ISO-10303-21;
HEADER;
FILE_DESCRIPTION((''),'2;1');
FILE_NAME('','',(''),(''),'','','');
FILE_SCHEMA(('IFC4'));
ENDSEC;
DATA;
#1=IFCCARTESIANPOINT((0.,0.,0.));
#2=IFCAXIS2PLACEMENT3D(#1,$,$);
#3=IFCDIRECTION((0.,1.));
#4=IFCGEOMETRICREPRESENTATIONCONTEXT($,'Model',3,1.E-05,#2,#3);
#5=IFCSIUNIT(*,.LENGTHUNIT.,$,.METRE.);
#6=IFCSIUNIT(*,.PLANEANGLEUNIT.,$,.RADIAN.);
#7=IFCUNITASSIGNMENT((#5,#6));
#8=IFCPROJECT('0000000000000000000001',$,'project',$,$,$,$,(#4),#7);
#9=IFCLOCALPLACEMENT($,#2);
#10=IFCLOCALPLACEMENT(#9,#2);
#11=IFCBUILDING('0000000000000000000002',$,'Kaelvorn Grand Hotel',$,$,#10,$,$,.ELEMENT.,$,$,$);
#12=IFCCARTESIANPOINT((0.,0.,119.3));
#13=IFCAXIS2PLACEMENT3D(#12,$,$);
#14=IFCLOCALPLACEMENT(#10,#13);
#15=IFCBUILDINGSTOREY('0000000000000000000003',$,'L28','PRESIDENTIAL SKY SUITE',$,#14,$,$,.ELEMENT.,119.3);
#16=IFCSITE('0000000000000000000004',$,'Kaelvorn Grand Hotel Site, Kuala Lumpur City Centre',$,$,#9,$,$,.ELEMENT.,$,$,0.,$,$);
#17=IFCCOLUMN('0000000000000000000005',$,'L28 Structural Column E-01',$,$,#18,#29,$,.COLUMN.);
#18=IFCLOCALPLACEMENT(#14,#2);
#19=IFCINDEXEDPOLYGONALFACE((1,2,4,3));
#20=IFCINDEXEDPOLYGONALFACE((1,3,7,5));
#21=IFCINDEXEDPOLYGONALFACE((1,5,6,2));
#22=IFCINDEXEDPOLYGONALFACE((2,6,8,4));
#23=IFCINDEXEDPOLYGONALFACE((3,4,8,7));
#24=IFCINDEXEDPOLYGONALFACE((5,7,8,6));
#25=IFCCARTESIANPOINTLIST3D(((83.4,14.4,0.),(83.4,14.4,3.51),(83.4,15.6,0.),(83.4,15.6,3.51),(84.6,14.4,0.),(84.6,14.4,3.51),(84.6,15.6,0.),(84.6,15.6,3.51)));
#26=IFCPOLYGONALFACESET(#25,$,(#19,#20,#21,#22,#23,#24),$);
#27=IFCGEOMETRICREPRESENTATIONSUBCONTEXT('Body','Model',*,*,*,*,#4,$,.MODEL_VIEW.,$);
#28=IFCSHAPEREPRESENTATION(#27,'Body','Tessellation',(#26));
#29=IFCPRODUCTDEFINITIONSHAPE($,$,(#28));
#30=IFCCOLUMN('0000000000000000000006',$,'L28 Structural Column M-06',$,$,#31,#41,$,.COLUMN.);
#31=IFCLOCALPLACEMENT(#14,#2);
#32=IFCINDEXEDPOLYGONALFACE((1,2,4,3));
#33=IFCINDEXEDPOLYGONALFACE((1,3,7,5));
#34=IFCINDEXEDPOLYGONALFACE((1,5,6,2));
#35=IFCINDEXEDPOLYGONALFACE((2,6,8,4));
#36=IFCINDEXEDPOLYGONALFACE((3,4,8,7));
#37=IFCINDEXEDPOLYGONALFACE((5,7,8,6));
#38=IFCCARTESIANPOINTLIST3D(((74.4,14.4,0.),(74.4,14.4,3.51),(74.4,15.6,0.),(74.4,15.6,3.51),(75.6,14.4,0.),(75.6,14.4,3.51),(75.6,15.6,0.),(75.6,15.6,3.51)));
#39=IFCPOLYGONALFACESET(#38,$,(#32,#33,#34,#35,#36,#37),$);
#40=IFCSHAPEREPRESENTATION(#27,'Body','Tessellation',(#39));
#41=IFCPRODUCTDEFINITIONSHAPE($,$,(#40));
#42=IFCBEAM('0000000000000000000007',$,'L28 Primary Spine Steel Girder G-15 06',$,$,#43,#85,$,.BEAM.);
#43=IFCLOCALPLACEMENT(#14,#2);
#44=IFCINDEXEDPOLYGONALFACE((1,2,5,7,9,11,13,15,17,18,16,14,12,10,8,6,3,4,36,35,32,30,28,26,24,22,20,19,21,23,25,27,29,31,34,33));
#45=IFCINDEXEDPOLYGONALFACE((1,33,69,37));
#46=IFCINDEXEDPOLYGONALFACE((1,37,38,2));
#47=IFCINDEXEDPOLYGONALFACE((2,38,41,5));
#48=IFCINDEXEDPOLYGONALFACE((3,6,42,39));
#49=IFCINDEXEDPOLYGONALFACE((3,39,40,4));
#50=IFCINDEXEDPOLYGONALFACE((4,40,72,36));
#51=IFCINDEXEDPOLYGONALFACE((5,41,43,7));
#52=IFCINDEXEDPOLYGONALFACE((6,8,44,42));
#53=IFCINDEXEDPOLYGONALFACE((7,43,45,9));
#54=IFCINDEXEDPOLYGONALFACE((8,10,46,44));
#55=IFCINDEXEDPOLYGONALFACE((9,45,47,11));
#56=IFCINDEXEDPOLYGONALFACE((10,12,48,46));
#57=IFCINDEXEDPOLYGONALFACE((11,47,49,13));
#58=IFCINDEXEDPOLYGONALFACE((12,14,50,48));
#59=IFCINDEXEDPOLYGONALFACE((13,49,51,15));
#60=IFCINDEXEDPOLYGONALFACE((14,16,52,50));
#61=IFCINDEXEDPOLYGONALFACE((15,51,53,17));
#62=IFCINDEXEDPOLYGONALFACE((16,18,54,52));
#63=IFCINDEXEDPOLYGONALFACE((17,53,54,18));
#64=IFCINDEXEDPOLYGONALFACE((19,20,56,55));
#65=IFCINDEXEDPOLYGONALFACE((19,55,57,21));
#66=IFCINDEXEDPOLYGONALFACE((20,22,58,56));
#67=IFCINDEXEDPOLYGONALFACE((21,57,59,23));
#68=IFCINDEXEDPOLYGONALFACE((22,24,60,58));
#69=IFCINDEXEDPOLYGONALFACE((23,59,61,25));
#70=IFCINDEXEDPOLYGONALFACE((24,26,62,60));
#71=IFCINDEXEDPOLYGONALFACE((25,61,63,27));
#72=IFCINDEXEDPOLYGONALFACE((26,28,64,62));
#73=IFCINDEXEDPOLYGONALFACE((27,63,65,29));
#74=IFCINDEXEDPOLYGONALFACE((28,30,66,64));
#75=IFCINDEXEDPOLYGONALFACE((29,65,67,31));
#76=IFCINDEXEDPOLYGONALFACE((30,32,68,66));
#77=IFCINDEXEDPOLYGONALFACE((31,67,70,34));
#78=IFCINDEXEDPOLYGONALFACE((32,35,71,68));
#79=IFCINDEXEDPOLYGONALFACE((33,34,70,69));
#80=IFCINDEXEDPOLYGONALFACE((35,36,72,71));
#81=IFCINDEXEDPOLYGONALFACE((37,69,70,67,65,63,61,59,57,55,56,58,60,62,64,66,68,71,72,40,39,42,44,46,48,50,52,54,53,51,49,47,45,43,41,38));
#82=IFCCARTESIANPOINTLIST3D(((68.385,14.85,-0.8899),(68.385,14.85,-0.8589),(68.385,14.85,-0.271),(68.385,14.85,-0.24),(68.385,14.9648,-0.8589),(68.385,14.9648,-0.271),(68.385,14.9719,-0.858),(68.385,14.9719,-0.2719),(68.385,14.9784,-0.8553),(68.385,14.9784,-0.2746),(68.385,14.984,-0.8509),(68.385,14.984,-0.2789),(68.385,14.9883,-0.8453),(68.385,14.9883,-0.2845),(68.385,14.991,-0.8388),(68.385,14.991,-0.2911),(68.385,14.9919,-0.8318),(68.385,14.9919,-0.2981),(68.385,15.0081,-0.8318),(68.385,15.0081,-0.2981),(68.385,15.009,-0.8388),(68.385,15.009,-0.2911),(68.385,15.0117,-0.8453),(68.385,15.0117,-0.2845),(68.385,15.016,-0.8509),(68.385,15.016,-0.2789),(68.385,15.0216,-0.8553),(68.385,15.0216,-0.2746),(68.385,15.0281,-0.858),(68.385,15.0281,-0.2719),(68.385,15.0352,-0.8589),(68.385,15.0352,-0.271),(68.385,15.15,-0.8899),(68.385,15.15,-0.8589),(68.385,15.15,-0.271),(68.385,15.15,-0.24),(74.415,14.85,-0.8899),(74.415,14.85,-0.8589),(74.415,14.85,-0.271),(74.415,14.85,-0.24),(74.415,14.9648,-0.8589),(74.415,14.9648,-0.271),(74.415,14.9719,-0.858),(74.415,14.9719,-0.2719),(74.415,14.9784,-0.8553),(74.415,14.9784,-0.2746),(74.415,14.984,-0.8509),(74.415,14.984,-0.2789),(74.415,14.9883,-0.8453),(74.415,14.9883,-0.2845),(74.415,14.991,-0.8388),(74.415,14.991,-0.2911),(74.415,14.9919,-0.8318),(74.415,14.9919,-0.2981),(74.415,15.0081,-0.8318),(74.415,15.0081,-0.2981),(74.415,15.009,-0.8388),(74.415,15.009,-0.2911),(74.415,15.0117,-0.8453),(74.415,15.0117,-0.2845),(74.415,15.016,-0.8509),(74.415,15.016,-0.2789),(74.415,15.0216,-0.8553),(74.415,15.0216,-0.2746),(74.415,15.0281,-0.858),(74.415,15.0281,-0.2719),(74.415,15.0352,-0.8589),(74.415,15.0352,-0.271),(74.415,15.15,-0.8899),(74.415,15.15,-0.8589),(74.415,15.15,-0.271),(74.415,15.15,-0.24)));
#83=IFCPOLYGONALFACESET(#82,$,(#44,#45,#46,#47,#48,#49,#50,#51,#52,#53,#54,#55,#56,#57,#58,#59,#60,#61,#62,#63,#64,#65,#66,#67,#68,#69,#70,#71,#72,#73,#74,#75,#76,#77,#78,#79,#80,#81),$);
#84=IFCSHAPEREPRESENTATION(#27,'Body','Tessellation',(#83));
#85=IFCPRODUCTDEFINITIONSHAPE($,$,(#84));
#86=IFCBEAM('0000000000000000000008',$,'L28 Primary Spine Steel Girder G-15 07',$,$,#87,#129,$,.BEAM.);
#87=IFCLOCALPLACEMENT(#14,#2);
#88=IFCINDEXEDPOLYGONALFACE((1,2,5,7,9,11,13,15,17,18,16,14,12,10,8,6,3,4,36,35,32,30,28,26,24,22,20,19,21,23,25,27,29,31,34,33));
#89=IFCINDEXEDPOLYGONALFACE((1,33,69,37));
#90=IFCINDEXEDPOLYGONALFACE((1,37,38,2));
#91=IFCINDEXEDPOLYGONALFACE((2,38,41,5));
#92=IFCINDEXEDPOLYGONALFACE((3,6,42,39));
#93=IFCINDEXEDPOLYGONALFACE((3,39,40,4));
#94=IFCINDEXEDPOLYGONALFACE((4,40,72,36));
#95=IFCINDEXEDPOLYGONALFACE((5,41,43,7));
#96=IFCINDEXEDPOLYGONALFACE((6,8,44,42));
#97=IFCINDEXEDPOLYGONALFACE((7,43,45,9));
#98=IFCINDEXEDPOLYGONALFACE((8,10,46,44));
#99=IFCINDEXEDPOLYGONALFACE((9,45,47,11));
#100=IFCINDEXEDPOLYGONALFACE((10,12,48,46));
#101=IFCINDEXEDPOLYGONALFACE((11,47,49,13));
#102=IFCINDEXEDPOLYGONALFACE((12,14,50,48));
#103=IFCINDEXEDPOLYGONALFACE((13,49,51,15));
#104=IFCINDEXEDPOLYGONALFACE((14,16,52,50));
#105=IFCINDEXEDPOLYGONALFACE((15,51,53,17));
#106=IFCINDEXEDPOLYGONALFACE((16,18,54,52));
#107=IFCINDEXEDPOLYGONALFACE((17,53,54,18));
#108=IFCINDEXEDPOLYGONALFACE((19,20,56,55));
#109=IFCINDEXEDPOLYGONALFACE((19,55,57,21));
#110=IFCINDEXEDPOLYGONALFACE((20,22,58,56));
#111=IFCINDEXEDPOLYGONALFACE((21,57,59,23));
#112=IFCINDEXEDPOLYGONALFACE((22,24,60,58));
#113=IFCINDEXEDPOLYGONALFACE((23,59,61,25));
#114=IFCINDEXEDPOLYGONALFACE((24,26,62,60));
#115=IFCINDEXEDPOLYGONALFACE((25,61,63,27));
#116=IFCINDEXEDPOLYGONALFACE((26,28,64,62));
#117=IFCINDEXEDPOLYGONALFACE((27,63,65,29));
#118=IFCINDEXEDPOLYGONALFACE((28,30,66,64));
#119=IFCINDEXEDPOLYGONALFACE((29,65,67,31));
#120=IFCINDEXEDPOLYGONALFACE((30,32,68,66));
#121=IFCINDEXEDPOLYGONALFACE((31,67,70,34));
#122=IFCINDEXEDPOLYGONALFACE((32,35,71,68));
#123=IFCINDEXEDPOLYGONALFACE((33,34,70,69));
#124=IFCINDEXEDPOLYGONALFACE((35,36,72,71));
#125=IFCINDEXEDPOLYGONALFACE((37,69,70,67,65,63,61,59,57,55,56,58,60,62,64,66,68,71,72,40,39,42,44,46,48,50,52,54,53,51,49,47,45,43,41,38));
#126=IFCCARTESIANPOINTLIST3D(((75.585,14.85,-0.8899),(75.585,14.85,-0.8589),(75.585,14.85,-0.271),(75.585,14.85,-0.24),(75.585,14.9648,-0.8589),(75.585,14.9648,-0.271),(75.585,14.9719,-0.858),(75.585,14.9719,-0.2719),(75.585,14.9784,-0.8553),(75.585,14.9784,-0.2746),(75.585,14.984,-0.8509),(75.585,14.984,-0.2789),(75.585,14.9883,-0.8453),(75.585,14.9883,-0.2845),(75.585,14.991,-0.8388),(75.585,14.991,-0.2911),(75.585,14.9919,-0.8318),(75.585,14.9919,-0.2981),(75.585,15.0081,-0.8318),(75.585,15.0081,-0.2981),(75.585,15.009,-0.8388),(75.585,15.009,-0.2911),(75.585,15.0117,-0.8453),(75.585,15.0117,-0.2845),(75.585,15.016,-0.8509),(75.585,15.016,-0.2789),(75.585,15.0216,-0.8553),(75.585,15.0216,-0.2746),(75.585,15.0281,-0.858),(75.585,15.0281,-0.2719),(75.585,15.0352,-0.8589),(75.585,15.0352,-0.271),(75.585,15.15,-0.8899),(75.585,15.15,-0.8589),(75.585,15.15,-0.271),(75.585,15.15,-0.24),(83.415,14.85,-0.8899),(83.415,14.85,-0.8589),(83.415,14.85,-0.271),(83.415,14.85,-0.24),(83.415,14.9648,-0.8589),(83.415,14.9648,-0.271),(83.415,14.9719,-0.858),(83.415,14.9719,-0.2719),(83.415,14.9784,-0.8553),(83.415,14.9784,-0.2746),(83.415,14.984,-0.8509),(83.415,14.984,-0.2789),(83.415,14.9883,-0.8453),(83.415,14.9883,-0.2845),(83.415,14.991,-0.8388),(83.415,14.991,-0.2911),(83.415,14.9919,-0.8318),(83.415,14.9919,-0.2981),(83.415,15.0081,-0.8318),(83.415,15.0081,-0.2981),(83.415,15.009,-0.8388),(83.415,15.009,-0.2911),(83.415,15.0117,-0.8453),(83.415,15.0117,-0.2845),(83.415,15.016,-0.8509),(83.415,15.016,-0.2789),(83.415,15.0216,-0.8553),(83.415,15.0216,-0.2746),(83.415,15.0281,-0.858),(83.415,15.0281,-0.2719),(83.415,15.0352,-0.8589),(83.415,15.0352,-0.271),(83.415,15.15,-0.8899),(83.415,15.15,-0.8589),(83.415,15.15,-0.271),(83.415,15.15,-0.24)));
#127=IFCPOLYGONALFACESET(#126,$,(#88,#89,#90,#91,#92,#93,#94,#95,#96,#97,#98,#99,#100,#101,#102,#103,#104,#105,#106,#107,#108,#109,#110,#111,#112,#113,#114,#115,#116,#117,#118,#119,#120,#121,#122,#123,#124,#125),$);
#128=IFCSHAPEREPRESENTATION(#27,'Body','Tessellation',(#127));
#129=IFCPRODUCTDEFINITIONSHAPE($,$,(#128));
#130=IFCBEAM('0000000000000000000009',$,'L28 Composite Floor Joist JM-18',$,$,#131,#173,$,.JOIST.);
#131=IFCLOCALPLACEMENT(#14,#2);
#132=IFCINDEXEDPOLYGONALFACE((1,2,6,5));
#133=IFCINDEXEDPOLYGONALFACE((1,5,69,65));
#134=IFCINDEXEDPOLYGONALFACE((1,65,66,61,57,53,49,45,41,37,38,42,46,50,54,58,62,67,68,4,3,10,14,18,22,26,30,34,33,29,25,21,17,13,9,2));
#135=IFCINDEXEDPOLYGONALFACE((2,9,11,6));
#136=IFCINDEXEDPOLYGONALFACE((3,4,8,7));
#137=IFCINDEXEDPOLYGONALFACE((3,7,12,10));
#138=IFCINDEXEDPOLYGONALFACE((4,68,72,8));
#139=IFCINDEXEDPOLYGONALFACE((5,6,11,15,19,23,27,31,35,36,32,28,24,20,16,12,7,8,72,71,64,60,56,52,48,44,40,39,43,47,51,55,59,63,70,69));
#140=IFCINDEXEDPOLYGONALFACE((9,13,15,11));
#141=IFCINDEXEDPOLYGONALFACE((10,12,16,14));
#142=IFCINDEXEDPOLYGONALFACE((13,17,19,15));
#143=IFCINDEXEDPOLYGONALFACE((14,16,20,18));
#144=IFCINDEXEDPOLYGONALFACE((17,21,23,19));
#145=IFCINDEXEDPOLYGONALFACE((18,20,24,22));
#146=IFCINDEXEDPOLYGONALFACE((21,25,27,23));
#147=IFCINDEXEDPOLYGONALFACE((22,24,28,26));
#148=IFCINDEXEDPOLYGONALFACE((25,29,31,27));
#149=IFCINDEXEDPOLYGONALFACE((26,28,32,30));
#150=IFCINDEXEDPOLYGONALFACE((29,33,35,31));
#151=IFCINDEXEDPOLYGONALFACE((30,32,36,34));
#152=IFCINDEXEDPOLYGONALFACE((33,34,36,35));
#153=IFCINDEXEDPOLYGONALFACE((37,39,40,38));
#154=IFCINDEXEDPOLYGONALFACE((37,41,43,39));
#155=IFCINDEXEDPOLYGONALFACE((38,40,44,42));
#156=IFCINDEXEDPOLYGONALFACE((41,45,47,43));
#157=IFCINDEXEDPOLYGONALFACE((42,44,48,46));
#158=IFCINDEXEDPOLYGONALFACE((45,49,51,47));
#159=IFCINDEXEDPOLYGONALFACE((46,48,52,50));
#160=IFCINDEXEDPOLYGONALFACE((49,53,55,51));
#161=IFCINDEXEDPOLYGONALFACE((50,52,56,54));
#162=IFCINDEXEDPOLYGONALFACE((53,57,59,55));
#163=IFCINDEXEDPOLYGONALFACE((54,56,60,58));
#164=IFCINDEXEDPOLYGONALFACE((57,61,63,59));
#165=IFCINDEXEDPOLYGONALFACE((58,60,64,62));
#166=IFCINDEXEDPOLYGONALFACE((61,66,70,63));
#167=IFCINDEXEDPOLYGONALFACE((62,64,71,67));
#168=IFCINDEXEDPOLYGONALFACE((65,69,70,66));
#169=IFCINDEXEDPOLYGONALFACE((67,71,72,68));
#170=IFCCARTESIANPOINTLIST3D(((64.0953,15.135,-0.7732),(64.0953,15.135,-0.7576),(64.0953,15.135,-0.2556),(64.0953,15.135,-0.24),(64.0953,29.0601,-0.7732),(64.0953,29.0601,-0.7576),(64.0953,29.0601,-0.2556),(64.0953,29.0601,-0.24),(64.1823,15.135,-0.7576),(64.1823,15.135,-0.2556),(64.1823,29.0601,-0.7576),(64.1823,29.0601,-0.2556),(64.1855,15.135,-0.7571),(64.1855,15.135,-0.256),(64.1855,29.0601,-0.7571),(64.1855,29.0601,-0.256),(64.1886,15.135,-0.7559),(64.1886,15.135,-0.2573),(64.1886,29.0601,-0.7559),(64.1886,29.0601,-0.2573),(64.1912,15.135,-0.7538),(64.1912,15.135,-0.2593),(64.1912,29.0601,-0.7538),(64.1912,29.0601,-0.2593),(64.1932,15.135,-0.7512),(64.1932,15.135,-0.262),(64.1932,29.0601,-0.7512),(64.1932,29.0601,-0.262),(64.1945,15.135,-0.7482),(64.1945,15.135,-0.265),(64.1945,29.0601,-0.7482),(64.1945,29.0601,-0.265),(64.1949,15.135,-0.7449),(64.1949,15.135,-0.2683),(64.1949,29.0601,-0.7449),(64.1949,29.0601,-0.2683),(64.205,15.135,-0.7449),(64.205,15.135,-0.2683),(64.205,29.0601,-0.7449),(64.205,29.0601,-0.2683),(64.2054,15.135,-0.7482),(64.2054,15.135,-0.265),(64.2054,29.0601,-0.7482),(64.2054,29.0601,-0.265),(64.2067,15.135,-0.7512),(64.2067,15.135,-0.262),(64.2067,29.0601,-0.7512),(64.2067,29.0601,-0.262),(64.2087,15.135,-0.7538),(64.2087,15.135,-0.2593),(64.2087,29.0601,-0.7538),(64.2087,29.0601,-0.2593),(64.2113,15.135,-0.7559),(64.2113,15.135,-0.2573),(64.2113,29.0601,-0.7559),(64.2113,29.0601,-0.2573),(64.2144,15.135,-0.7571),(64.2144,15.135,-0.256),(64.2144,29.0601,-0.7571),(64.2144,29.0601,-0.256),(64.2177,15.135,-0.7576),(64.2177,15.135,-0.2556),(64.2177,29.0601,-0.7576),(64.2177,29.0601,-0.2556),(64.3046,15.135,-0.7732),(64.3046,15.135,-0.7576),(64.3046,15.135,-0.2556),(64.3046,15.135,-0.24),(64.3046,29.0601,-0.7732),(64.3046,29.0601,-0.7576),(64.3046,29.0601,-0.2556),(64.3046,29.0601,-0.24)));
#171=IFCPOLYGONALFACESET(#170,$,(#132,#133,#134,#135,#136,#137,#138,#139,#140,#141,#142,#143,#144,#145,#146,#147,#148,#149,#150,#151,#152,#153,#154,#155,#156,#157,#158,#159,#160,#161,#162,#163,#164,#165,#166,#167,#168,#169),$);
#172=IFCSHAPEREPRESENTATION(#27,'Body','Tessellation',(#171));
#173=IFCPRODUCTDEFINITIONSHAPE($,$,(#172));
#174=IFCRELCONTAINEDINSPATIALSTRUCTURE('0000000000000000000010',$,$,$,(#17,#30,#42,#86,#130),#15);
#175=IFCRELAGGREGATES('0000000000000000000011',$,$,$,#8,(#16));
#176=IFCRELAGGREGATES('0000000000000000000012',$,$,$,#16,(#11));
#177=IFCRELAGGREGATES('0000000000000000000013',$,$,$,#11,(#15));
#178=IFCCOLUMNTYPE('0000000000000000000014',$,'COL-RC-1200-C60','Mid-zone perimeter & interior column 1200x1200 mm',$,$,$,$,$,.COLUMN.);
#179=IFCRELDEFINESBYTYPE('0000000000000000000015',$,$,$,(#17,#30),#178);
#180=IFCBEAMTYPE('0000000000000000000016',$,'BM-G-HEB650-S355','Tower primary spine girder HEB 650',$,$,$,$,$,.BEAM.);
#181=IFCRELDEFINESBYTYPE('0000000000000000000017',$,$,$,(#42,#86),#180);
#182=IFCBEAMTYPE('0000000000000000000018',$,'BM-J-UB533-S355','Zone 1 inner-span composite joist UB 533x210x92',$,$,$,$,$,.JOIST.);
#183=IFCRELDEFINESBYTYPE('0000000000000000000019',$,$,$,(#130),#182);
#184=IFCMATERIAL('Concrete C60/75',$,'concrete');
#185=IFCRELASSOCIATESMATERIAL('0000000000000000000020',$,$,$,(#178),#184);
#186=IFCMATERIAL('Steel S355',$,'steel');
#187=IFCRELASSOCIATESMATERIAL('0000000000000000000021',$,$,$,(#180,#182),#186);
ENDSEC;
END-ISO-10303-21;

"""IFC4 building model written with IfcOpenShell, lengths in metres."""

from ifc_helpers import new_model, si_unit, direction, frame, origin, origin_2d, place, context, subcontext, project, spatial, rectangle, i_section, extrude, material, material_profile, profile_set, type_object, element, save


model = new_model("IFC4")

# Units and contexts
model_context = context("Model", 3, precision=1e-05, world=origin(), true_north=direction((0.0, 1.0)))
body_context = subcontext(model_context, "Body", "Model", "MODEL_VIEW")
ifc_project = project(units=[si_unit("LENGTHUNIT", "METRE"), si_unit("PLANEANGLEUNIT", "RADIAN")], contexts=[model_context])

# Site, building, storey
site_placement = place(None, origin())
site = spatial("IfcSite", under=ifc_project, at=site_placement, Name="Kaelvorn Grand Hotel Site, Kuala Lumpur City Centre", CompositionType="ELEMENT", RefElevation=0.0)
building_placement = place(site_placement, origin())
building = spatial("IfcBuilding", under=site, at=building_placement, Name="Kaelvorn Grand Hotel", CompositionType="ELEMENT")
storey_placement = place(building_placement, frame((0.0, 0.0, 119.3)))
storey = spatial("IfcBuildingStorey", under=building, at=storey_placement, Name="L28", Description="PRESIDENTIAL SKY SUITE", CompositionType="ELEMENT", Elevation=119.3)

# Columns
ifc_material_1 = material(Name="Concrete C60/75", Category="concrete")
ifc_material_profile_1 = material_profile(ifc_material_1, rectangle(XDim=1.2, YDim=1.2, at=origin_2d()), Name="RC COL 1200x1200")
ifc_profile_set_1 = profile_set([ifc_material_profile_1], Name="Concrete C60/75")
column_type = type_object("IfcColumnType", Name="COL-RC-1200-C60", Description="Mid-zone perimeter & interior column 1200x1200 mm", PredefinedType="COLUMN", material=ifc_profile_set_1)
for number, where, z_axis, x_axis, name in (
    (1, (84.0, 15.0, 0.0), (0.0, 0.0, 1.0), (1.0, 0.0, 0.0), "L28 Structural Column E-01"),
    (2, (75.0, 15.0, 0.0), (0.0, 0.0, 1.0), (1.0, 0.0, 0.0), "L28 Structural Column M-06"),
):
    element("IfcColumn", number, at=place(storey_placement, frame(where, z_axis=z_axis, x_axis=x_axis)), inside=storey, type_object=column_type, Name=name, PredefinedType="COLUMN", context=body_context, shape_type="SweptSolid", body=[
        extrude(rectangle(XDim=1.2, YDim=1.2, at=origin_2d()), origin(), (0.0, 0.0, 1.0), 3.51),
    ])

# Beams
ifc_material_2 = material(Name="Steel S355", Category="steel")
ifc_material_profile_2 = material_profile(ifc_material_2, i_section(OverallWidth=0.3, OverallDepth=0.6499, WebThickness=0.0161, FlangeThickness=0.031, FilletRadius=0.0271, at=origin_2d()), Name="HEB 650")
ifc_profile_set_2 = profile_set([ifc_material_profile_2], Name="Steel S355")
beam_type_1 = type_object("IfcBeamType", Name="BM-G-HEB650-S355", Description="Tower primary spine girder HEB 650", PredefinedType="BEAM", material=ifc_profile_set_2)
beam_1_placement = place(storey_placement, frame((68.385, 15.0, -0.5649), z_axis=(1.0, 0.0, 0.0), x_axis=(0.0, 1.0, 0.0)))
element("IfcBeam", 3, at=beam_1_placement, inside=storey, type_object=beam_type_1, Name="L28 Primary Spine Steel Girder G-15 06", PredefinedType="BEAM", context=body_context, shape_type="SweptSolid", body=[
    extrude(i_section(OverallWidth=0.3, OverallDepth=0.6499, WebThickness=0.0161, FlangeThickness=0.031, FilletRadius=0.0271, at=origin_2d()), origin(), (0.0, 0.0, 1.0), 6.03),
])
beam_2_placement = place(storey_placement, frame((75.585, 15.0, -0.5649), z_axis=(1.0, 0.0, 0.0), x_axis=(0.0, 1.0, 0.0)))
element("IfcBeam", 4, at=beam_2_placement, inside=storey, type_object=beam_type_1, Name="L28 Primary Spine Steel Girder G-15 07", PredefinedType="BEAM", context=body_context, shape_type="SweptSolid", body=[
    extrude(i_section(OverallWidth=0.3, OverallDepth=0.6499, WebThickness=0.0161, FlangeThickness=0.031, FilletRadius=0.0271, at=origin_2d()), origin(), (0.0, 0.0, 1.0), 7.8301),
])
ifc_material_profile_3 = material_profile(ifc_material_2, i_section(OverallWidth=0.2092, OverallDepth=0.5332, WebThickness=0.01, FlangeThickness=0.0156, FilletRadius=0.0127, at=origin_2d()), Name="UB 533x210x92")
ifc_profile_set_3 = profile_set([ifc_material_profile_3], Name="Steel S355")
beam_type_2 = type_object("IfcBeamType", Name="BM-J-UB533-S355", Description="Zone 1 inner-span composite joist UB 533x210x92", PredefinedType="JOIST", material=ifc_profile_set_3)
beam_3_placement = place(storey_placement, frame((64.2, 15.135, -0.5066), z_axis=(0.0, 1.0, 0.0), x_axis=(-1.0, 0.0, 0.0)))
element("IfcBeam", 5, at=beam_3_placement, inside=storey, type_object=beam_type_2, Name="L28 Composite Floor Joist JM-18", PredefinedType="JOIST", context=body_context, shape_type="SweptSolid", body=[
    extrude(i_section(OverallWidth=0.2092, OverallDepth=0.5332, WebThickness=0.01, FlangeThickness=0.0156, FilletRadius=0.0127, at=origin_2d()), origin(), (0.0, 0.0, 1.0), 13.925),
])

save(model, "model.ifc")
